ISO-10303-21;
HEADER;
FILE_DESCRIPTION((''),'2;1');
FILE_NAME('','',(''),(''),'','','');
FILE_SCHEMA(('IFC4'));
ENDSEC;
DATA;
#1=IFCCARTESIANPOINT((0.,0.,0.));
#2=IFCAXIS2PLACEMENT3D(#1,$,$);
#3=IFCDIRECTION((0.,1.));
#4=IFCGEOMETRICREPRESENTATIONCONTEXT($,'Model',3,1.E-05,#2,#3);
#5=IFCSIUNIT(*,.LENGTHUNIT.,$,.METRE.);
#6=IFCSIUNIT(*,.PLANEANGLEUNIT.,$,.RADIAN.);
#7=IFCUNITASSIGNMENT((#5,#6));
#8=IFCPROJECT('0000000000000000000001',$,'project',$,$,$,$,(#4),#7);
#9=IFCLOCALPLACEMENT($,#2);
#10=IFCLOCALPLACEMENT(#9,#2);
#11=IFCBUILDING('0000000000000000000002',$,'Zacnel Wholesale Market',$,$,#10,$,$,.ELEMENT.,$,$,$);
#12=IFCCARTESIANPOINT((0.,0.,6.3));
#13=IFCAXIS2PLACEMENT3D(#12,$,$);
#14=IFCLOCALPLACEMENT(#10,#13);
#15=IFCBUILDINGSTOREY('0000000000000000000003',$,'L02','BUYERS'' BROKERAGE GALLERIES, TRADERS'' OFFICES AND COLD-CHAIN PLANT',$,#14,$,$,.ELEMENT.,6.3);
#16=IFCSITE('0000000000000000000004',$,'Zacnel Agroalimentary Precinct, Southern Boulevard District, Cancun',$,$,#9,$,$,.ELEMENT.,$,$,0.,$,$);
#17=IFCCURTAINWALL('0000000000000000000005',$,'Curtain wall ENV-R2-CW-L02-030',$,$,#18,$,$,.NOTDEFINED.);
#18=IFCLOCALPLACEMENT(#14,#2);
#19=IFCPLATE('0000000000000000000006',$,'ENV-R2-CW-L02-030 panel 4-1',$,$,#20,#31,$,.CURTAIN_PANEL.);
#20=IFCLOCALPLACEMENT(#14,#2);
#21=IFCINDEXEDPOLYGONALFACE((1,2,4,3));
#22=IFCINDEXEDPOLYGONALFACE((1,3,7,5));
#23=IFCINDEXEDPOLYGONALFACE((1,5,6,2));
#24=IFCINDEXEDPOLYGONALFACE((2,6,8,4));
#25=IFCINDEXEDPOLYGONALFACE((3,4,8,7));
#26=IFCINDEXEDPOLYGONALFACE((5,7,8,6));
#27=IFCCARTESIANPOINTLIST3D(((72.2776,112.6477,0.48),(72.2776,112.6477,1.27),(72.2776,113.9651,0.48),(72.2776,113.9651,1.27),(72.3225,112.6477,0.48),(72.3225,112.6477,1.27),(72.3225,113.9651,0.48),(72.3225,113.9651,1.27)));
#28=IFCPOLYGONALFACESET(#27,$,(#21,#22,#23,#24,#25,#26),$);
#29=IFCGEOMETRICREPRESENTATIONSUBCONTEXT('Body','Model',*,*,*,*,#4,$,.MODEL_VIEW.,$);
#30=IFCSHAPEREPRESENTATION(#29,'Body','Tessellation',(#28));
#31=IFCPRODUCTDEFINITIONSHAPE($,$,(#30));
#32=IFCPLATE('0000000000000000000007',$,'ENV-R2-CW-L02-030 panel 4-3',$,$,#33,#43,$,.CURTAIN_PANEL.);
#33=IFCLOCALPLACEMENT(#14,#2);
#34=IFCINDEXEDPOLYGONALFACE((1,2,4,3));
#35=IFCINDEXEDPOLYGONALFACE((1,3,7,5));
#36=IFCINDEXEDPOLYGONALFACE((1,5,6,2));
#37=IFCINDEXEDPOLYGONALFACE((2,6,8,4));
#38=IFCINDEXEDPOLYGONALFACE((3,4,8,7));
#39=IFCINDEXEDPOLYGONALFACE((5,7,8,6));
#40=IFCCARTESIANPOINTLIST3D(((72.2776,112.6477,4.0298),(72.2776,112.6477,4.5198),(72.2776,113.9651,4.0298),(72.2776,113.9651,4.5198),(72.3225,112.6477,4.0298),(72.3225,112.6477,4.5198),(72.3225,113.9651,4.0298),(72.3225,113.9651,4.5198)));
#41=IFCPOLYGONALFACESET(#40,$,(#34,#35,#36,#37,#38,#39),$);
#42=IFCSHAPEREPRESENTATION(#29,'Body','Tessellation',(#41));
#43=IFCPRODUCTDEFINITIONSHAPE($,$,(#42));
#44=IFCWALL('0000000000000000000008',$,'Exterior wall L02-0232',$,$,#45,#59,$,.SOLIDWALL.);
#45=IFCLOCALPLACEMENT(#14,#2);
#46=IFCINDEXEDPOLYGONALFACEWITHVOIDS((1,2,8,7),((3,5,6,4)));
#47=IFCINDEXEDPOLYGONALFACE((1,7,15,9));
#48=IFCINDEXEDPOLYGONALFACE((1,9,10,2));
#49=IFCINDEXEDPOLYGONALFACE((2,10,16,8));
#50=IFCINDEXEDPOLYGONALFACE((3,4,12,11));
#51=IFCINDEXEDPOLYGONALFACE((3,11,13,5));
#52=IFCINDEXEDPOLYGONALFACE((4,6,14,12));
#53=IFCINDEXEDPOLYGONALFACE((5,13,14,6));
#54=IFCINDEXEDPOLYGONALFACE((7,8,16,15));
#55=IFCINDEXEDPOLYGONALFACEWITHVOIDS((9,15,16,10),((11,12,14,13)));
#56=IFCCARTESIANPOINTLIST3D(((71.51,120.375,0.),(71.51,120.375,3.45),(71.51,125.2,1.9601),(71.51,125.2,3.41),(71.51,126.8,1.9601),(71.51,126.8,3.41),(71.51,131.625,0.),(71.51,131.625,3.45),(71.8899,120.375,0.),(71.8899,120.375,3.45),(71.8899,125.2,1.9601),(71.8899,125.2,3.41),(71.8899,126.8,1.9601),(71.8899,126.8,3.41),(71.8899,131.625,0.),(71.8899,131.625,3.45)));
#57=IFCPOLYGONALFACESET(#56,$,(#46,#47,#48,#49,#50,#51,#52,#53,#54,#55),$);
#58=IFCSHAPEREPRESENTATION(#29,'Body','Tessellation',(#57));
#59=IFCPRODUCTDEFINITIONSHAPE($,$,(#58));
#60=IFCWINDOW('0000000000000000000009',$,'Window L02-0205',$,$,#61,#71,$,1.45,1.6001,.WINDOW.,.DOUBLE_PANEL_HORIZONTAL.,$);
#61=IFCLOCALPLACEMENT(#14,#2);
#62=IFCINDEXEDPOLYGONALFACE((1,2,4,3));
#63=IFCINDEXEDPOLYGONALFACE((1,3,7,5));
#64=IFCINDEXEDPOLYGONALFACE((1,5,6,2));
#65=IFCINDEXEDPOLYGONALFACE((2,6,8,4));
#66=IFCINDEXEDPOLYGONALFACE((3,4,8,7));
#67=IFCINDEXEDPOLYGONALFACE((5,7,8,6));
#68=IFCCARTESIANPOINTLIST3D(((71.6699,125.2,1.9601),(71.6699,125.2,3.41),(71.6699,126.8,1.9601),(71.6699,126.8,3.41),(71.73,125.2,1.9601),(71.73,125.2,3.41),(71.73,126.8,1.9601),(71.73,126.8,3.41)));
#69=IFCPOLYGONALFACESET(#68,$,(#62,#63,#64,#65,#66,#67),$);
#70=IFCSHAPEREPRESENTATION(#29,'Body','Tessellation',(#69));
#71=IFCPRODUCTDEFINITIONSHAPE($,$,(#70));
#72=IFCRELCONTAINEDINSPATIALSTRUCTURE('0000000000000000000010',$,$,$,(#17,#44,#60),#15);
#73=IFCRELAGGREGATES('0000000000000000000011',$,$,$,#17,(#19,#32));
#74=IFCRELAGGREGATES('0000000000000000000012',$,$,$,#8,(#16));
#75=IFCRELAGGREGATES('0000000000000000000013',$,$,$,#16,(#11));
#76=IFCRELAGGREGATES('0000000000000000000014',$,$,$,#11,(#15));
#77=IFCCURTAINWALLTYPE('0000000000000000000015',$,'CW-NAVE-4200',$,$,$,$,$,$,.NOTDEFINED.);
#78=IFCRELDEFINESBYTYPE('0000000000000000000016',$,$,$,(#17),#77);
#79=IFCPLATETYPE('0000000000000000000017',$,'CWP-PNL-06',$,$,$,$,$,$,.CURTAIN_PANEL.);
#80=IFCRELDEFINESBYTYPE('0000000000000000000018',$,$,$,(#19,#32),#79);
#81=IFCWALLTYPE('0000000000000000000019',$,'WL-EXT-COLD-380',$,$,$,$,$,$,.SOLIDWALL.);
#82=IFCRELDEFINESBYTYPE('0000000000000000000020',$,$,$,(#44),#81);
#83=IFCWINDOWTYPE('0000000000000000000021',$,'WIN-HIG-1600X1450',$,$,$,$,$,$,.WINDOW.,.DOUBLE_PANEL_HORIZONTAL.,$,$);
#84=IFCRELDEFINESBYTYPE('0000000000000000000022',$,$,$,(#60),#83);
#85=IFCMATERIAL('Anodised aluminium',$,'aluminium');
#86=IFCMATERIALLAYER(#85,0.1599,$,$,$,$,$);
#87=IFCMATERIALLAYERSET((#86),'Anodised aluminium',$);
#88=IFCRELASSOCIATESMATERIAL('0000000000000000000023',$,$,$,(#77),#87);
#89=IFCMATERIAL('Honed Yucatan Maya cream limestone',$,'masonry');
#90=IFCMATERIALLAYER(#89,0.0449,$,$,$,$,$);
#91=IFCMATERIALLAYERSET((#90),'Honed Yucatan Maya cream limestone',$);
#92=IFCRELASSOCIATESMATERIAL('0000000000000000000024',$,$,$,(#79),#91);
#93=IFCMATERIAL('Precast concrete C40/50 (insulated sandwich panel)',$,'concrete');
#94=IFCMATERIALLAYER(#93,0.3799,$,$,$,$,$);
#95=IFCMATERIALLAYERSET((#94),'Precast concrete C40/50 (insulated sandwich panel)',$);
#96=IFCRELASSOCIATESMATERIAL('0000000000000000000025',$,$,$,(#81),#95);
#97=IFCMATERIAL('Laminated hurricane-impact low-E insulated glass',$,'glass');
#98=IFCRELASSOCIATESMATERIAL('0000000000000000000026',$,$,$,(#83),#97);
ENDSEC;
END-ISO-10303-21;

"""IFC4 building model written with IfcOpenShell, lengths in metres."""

from ifc_helpers import new_model, si_unit, direction, frame, frame_2d, origin, origin_2d, place, context, subcontext, project, spatial, rectangle, extrude, material, layer, layer_set, type_object, element, fill, aggregate, save


model = new_model("IFC4")

# Units and contexts
model_context = context("Model", 3, precision=1e-05, world=origin(), true_north=direction((0.0, 1.0)))
body_context = subcontext(model_context, "Body", "Model", "MODEL_VIEW")
ifc_project = project(units=[si_unit("LENGTHUNIT", "METRE"), si_unit("PLANEANGLEUNIT", "RADIAN")], contexts=[model_context])

# Site, building, storey
site_placement = place(None, origin())
site = spatial("IfcSite", under=ifc_project, at=site_placement, Name="Zacnel Agroalimentary Precinct, Southern Boulevard District, Cancun", CompositionType="ELEMENT", RefElevation=0.0)
building_placement = place(site_placement, origin())
building = spatial("IfcBuilding", under=site, at=building_placement, Name="Zacnel Wholesale Market", CompositionType="ELEMENT")
storey_placement = place(building_placement, frame((0.0, 0.0, 6.3)))
storey = spatial("IfcBuildingStorey", under=building, at=storey_placement, Name="L02", Description="BUYERS' BROKERAGE GALLERIES, TRADERS' OFFICES AND COLD-CHAIN PLANT", CompositionType="ELEMENT", Elevation=6.3)

# Curtain wall, plates
ifc_material_1 = material(Name="Anodised aluminium", Category="aluminium")
ifc_layer_1 = layer(ifc_material_1, 0.1599)
ifc_layer_set_1 = layer_set([ifc_layer_1], Name="Anodised aluminium")
curtain_wall_type = type_object("IfcCurtainWallType", Name="CW-NAVE-4200", PredefinedType="NOTDEFINED", material=ifc_layer_set_1)
curtain_wall_placement = place(storey_placement, origin())
curtain_wall = element("IfcCurtainWall", 1, at=curtain_wall_placement, inside=storey, type_object=curtain_wall_type, Name="Curtain wall ENV-R2-CW-L02-030", PredefinedType="NOTDEFINED")
ifc_material_2 = material(Name="Honed Yucatan Maya cream limestone", Category="masonry")
ifc_layer_2 = layer(ifc_material_2, 0.0449)
ifc_layer_set_2 = layer_set([ifc_layer_2], Name="Honed Yucatan Maya cream limestone")
plate_type_1 = type_object("IfcPlateType", Name="CWP-PNL-06", PredefinedType="CURTAIN_PANEL", material=ifc_layer_set_2)
plate_1_placement = place(storey_placement, frame((72.3, 113.3064, 0.48), z_axis=(0.0, 0.0, 1.0), x_axis=(0.0, 1.0, 0.0)))
plate_1 = element("IfcPlate", 2, at=plate_1_placement, type_object=plate_type_1, Name="ENV-R2-CW-L02-030 panel 4-1", PredefinedType="CURTAIN_PANEL", context=body_context, shape_type="SweptSolid", body=[
    extrude(rectangle(XDim=1.3174, YDim=0.0449, at=origin_2d()), origin(), (0.0, 0.0, 1.0), 0.79),
])
plate_2_placement = place(storey_placement, frame((72.3, 113.3064, 4.0298), z_axis=(0.0, 0.0, 1.0), x_axis=(0.0, 1.0, 0.0)))
plate_2 = element("IfcPlate", 3, at=plate_2_placement, type_object=plate_type_1, Name="ENV-R2-CW-L02-030 panel 4-3", PredefinedType="CURTAIN_PANEL", context=body_context, shape_type="SweptSolid", body=[
    extrude(rectangle(XDim=1.3174, YDim=0.0449, at=origin_2d()), origin(), (0.0, 0.0, 1.0), 0.49),
])
aggregate(curtain_wall, [plate_1, plate_2])

# Wall, opening, window
ifc_material_3 = material(Name="Precast concrete C40/50 (insulated sandwich panel)", Category="concrete")
ifc_layer_3 = layer(ifc_material_3, 0.3799)
ifc_layer_set_3 = layer_set([ifc_layer_3], Name="Precast concrete C40/50 (insulated sandwich panel)")
wall_type = type_object("IfcWallType", Name="WL-EXT-COLD-380", PredefinedType="SOLIDWALL", material=ifc_layer_set_3)
wall_placement = place(storey_placement, frame((71.7, 120.375, 0.0), z_axis=(0.0, 0.0, 1.0), x_axis=(0.0, 1.0, 0.0)))
wall = element("IfcWall", 4, at=wall_placement, inside=storey, type_object=wall_type, Name="Exterior wall L02-0232", PredefinedType="SOLIDWALL", context=body_context, shape_type="SweptSolid", body=[
    extrude(rectangle(XDim=11.25, YDim=0.3799, at=frame_2d((5.625, 0.0))), origin(), (0.0, 0.0, 1.0), 3.45),
])
opening_placement = place(wall_placement, frame((4.825, 0.0, 1.96)))
opening = element("IfcOpeningElement", 5, at=opening_placement, cuts=wall, PredefinedType="OPENING", context=body_context, shape_type="SweptSolid", body=[
    extrude(rectangle(XDim=1.6001, YDim=1.45, at=frame_2d((0.8, 0.7251))), frame((0.0, 0.2, 0.0), z_axis=(0.0, -1.0, 0.0), x_axis=(1.0, 0.0, 0.0)), (0.0, 0.0, 1.0), 0.3999),
])
ifc_material_4 = material(Name="Laminated hurricane-impact low-E insulated glass", Category="glass")
window_type = type_object("IfcWindowType", Name="WIN-HIG-1600X1450", PartitioningType="DOUBLE_PANEL_HORIZONTAL", PredefinedType="WINDOW", material=ifc_material_4)
window_placement = place(opening_placement, origin())
window = element("IfcWindow", 6, at=window_placement, inside=storey, type_object=window_type, Name="Window L02-0205", OverallHeight=1.45, OverallWidth=1.6001, PartitioningType="DOUBLE_PANEL_HORIZONTAL", PredefinedType="WINDOW", context=body_context, shape_type="SweptSolid", body=[
    extrude(rectangle(XDim=1.6001, YDim=1.45, at=frame_2d((0.8, 0.7251))), frame((0.0, 0.03, 0.0), z_axis=(0.0, -1.0, 0.0), x_axis=(1.0, 0.0, 0.0)), (0.0, 0.0, 1.0), 0.0601),
])
fill(opening, window)

save(model, "model.ifc")
